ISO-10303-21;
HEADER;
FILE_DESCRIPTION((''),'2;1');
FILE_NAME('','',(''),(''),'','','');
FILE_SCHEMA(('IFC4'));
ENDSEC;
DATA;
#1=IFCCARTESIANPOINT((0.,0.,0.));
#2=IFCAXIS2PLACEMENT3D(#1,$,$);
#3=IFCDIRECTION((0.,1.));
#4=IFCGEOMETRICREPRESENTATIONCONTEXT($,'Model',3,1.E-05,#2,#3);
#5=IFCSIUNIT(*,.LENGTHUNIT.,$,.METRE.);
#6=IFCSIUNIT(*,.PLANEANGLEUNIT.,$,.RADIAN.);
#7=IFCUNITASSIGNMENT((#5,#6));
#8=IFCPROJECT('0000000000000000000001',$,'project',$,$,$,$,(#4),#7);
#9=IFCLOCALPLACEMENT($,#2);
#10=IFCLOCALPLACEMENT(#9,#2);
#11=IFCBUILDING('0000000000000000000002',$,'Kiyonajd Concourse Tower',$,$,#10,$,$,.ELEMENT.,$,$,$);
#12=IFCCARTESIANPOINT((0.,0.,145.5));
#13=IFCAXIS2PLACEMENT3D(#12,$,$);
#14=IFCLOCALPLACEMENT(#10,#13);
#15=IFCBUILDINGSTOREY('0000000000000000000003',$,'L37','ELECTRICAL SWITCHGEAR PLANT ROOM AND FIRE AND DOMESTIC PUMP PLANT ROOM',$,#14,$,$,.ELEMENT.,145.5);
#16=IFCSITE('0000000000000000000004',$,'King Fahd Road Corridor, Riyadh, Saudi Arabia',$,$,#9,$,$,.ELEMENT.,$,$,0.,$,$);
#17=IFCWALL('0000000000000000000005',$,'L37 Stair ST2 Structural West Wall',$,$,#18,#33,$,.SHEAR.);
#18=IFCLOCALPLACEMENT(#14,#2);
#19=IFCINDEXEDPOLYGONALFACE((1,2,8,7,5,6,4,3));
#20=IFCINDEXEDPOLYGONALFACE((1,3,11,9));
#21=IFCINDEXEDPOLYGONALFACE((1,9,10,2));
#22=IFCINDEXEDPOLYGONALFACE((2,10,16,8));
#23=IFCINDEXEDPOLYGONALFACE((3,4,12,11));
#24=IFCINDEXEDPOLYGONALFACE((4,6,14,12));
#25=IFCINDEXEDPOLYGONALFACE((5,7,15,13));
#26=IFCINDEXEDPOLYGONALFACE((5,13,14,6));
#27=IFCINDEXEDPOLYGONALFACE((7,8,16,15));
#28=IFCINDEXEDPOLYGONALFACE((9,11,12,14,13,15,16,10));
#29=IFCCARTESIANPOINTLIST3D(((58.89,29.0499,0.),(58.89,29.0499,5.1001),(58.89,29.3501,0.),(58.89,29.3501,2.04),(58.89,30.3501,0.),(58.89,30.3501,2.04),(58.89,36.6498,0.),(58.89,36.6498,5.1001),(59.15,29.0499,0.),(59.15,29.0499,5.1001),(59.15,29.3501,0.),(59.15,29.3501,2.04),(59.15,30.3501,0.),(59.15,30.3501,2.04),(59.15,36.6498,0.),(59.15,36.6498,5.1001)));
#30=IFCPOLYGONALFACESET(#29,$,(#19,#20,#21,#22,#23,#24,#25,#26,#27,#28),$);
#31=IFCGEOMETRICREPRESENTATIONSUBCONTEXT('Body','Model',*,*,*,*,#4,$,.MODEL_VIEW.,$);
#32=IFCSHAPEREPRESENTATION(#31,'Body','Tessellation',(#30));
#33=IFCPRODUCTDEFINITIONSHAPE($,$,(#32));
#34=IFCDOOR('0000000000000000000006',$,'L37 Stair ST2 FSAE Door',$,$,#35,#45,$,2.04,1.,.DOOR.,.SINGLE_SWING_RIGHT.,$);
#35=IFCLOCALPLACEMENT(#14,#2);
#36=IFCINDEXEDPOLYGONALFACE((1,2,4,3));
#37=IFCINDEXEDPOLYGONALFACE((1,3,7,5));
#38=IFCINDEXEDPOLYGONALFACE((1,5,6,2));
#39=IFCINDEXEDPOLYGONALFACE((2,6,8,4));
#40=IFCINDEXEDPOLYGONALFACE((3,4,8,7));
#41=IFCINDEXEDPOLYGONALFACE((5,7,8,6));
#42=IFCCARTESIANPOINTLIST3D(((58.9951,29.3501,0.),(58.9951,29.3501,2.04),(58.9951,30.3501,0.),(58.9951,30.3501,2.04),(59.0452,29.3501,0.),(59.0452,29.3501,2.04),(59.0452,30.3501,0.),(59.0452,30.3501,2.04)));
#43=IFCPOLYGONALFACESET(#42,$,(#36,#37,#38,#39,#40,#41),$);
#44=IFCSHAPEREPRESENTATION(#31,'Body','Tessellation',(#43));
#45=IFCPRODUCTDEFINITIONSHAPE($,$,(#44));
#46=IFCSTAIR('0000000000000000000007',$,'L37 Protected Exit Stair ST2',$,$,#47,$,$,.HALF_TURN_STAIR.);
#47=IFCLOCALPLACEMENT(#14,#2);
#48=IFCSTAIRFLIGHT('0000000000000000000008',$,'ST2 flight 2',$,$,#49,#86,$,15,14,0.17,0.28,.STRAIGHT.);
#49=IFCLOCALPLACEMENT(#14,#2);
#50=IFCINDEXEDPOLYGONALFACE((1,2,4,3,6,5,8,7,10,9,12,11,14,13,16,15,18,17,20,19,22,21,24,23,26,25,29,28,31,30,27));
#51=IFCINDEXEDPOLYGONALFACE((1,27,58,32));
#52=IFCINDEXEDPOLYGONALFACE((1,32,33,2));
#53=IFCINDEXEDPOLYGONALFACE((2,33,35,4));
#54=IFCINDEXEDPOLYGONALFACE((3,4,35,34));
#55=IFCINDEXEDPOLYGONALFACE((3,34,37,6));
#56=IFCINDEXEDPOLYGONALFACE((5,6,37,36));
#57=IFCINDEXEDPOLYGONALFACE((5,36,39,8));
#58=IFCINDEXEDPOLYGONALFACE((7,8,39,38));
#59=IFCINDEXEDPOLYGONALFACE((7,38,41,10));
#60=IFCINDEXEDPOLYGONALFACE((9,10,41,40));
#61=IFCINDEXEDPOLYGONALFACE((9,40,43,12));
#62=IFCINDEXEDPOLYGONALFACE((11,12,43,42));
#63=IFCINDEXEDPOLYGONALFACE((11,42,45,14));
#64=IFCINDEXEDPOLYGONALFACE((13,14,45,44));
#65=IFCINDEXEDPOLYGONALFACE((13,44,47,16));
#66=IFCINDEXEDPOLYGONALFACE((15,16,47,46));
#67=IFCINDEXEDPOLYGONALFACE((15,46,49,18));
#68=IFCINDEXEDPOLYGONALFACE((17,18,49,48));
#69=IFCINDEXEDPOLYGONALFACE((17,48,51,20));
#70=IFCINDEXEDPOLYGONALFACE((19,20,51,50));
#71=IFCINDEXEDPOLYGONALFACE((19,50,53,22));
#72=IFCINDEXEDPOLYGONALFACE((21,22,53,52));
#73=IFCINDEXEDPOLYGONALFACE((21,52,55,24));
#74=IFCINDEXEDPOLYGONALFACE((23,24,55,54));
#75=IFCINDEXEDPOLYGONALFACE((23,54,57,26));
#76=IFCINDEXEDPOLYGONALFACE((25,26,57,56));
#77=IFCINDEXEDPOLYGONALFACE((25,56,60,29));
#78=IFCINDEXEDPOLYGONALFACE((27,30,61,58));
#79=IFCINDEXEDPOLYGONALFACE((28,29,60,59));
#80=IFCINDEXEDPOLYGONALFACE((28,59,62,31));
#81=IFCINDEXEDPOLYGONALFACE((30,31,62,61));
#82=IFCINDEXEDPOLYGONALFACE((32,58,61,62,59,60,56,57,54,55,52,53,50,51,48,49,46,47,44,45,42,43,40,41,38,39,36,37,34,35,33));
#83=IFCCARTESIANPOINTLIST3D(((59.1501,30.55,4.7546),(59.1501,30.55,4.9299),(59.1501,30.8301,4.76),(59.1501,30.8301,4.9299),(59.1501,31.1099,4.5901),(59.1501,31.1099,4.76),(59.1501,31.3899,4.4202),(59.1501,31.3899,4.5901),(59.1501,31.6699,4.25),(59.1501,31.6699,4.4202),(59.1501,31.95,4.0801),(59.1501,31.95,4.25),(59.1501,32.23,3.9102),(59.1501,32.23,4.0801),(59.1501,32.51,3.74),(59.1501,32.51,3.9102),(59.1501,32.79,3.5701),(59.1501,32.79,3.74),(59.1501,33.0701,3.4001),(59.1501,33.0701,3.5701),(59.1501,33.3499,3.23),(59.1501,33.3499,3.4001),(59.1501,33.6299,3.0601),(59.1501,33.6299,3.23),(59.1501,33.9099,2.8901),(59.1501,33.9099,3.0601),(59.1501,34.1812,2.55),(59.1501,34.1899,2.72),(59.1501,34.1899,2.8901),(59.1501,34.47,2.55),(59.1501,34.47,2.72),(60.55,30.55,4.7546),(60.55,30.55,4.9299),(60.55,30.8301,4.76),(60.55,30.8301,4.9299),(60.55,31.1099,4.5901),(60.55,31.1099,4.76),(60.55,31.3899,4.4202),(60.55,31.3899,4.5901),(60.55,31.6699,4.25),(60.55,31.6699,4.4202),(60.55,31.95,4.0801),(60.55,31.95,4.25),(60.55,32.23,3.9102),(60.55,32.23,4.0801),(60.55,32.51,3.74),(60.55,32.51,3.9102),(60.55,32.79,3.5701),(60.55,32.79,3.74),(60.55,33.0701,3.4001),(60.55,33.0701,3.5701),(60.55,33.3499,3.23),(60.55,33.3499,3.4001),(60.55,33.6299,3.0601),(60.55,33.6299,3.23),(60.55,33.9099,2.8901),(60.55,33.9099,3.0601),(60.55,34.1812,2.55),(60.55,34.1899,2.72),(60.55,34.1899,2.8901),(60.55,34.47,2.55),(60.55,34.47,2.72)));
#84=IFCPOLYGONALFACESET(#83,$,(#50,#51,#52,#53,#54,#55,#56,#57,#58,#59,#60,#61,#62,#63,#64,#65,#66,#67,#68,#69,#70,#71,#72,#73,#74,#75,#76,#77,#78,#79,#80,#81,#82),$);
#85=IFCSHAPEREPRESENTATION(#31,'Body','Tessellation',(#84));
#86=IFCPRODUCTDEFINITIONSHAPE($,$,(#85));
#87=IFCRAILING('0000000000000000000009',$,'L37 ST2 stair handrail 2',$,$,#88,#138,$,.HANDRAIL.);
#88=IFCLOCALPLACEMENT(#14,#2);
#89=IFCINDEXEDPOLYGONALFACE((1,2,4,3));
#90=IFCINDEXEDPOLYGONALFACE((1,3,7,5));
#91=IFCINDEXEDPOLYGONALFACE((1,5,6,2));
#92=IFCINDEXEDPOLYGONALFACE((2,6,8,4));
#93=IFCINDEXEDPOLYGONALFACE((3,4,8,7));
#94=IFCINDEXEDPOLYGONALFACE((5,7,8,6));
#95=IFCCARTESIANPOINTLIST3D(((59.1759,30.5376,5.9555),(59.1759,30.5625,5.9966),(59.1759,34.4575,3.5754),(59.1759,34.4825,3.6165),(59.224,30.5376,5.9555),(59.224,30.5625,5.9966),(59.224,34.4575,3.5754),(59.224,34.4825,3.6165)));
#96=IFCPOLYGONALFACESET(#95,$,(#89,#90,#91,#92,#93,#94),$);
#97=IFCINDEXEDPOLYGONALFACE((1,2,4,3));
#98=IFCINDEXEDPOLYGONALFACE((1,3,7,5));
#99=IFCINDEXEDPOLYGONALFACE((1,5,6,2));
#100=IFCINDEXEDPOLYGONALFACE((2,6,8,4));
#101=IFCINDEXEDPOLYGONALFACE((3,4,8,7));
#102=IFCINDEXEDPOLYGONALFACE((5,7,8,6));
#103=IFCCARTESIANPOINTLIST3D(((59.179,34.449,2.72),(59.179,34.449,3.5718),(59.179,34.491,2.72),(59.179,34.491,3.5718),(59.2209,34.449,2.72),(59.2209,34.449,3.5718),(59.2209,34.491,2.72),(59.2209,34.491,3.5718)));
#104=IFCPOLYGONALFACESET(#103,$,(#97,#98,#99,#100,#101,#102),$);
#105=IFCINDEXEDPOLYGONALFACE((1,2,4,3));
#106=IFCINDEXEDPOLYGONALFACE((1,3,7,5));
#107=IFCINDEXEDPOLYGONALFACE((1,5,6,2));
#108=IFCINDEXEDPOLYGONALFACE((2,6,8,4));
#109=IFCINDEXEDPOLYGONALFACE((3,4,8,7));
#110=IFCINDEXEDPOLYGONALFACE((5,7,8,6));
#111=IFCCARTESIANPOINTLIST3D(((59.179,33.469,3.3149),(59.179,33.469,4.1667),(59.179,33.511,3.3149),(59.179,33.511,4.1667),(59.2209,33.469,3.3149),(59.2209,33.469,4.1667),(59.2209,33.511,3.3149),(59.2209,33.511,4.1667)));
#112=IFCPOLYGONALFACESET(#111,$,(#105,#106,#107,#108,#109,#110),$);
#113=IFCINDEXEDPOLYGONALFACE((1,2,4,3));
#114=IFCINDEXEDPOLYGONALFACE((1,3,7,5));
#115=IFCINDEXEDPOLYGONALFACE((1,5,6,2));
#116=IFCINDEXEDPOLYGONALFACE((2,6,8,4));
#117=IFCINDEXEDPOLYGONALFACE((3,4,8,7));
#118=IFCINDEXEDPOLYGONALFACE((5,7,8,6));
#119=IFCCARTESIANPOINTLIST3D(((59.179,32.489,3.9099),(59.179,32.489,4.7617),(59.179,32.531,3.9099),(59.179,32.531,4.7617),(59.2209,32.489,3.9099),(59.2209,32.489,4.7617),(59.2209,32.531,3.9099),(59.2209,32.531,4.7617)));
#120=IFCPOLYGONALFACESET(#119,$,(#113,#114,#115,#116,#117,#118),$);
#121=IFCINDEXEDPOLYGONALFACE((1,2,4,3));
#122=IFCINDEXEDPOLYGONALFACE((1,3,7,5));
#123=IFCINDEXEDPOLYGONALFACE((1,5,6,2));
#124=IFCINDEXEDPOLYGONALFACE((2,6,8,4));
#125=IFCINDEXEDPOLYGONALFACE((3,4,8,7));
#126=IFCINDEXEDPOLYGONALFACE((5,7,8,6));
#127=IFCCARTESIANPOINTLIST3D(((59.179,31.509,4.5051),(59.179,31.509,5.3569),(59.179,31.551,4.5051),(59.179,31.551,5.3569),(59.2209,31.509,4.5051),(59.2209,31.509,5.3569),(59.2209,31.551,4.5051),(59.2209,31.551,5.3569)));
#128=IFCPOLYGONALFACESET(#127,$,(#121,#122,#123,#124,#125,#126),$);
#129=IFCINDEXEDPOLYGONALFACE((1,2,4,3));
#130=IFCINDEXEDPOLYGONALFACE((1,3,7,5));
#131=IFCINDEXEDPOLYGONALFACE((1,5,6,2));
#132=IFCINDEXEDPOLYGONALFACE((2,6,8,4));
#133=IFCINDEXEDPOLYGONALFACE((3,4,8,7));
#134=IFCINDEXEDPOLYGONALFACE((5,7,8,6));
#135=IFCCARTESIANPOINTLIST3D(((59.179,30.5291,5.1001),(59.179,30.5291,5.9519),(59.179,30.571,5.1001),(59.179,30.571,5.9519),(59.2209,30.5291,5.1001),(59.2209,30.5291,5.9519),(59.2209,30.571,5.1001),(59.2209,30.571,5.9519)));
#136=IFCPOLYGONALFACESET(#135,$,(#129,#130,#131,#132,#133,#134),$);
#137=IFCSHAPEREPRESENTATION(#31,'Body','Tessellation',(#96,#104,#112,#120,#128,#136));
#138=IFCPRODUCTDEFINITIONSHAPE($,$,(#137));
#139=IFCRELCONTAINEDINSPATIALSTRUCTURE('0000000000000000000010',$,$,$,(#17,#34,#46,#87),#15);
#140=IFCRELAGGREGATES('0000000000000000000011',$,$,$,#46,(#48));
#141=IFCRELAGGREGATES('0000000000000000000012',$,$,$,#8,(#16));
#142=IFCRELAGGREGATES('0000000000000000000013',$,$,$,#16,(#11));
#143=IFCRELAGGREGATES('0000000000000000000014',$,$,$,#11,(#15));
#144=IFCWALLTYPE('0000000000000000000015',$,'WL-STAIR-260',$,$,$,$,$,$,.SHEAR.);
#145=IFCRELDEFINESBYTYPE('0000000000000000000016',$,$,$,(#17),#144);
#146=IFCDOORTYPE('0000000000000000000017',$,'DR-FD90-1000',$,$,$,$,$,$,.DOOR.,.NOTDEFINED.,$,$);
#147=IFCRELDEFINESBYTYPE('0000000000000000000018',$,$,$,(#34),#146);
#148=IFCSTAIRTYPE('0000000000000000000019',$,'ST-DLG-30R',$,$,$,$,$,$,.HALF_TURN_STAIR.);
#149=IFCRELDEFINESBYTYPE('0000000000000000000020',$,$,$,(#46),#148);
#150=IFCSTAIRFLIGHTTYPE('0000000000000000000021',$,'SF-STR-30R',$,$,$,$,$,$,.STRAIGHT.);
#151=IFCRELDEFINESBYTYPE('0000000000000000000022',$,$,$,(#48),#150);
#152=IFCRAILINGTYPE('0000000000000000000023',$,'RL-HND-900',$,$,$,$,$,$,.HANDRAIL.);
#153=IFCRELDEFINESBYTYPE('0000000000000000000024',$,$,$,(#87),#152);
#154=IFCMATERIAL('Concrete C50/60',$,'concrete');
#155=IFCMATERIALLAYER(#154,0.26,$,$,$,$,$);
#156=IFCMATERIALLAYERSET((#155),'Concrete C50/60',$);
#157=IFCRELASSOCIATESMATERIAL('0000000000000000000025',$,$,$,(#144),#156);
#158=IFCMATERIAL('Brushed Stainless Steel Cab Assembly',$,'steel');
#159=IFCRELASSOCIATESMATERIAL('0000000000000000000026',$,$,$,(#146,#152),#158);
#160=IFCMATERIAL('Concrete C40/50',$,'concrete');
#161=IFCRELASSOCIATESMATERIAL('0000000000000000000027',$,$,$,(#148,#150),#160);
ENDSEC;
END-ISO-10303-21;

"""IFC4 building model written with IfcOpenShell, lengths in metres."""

from ifc_helpers import new_model, si_unit, direction, frame, frame_2d, origin, origin_2d, place, context, subcontext, project, spatial, polyline, rectangle, outline, extrude, material, layer, layer_set, type_object, element, fill, aggregate, save


model = new_model("IFC4")

# Units and contexts
model_context = context("Model", 3, precision=1e-05, world=origin(), true_north=direction((0.0, 1.0)))
body_context = subcontext(model_context, "Body", "Model", "MODEL_VIEW")
ifc_project = project(units=[si_unit("LENGTHUNIT", "METRE"), si_unit("PLANEANGLEUNIT", "RADIAN")], contexts=[model_context])

# Site, building, storey
site_placement = place(None, origin())
site = spatial("IfcSite", under=ifc_project, at=site_placement, Name="King Fahd Road Corridor, Riyadh, Saudi Arabia", CompositionType="ELEMENT", RefElevation=0.0)
building_placement = place(site_placement, origin())
building = spatial("IfcBuilding", under=site, at=building_placement, Name="Kiyonajd Concourse Tower", CompositionType="ELEMENT")
storey_placement = place(building_placement, frame((0.0, 0.0, 145.5)))
storey = spatial("IfcBuildingStorey", under=building, at=storey_placement, Name="L37", Description="ELECTRICAL SWITCHGEAR PLANT ROOM AND FIRE AND DOMESTIC PUMP PLANT ROOM", CompositionType="ELEMENT", Elevation=145.5)

# Shared definitions
ifc_material_1 = material(Name="Concrete C50/60", Category="concrete")

# Shared definitions
ifc_material_2 = material(Name="Brushed Stainless Steel Cab Assembly", Category="steel")

# Shared definitions
ifc_layer_1 = layer(ifc_material_1, 0.26)
ifc_layer_set_1 = layer_set([ifc_layer_1], Name="Concrete C50/60")
wall_type_1 = type_object("IfcWallType", Name="WL-STAIR-260", PredefinedType="SHEAR", material=ifc_layer_set_1)

# Wall, opening, door
wall_1_placement = place(storey_placement, frame((59.02, 29.05, 0.0), z_axis=(0.0, 0.0, 1.0), x_axis=(0.0, 1.0, 0.0)))
wall_1 = element("IfcWall", 1, at=wall_1_placement, inside=storey, type_object=wall_type_1, Name="L37 Stair ST2 Structural West Wall", PredefinedType="SHEAR", context=body_context, shape_type="SweptSolid", body=[
    extrude(rectangle(XDim=7.5999, YDim=0.26, at=frame_2d((3.7998, 0.0))), origin(), (0.0, 0.0, 1.0), 5.1001),
])
opening_1_placement = place(wall_1_placement, frame((0.3, 0.0, 0.0)))
opening_1 = element("IfcOpeningElement", 2, at=opening_1_placement, cuts=wall_1, PredefinedType="OPENING", context=body_context, shape_type="SweptSolid", body=[
    extrude(rectangle(XDim=1.0, YDim=2.04, at=frame_2d((0.5, 1.02))), frame((0.0, 0.1399, 0.0), z_axis=(0.0, -1.0, 0.0), x_axis=(1.0, 0.0, 0.0)), (0.0, 0.0, 1.0), 0.28),
])
door_type_1 = type_object("IfcDoorType", Name="DR-FD90-1000", OperationType="NOTDEFINED", PredefinedType="DOOR", material=ifc_material_2)
door_1_placement = place(opening_1_placement, origin())
door_1 = element("IfcDoor", 3, at=door_1_placement, inside=storey, type_object=door_type_1, Name="L37 Stair ST2 FSAE Door", OperationType="SINGLE_SWING_RIGHT", OverallHeight=2.04, OverallWidth=1.0, PredefinedType="DOOR", context=body_context, shape_type="SweptSolid", body=[
    extrude(rectangle(XDim=1.0, YDim=2.04, at=frame_2d((0.5, 1.02))), frame((0.0, 0.0249, 0.0), z_axis=(0.0, -1.0, 0.0), x_axis=(1.0, 0.0, 0.0)), (0.0, 0.0, 1.0), 0.05),
])
fill(opening_1, door_1)

# Stair, stair flight
ifc_material_3 = material(Name="Concrete C40/50", Category="concrete")
stair_type = type_object("IfcStairType", Name="ST-DLG-30R", PredefinedType="HALF_TURN_STAIR", material=ifc_material_3)
stair_placement = place(storey_placement, origin())
stair = element("IfcStair", 4, at=stair_placement, inside=storey, type_object=stair_type, Name="L37 Protected Exit Stair ST2", PredefinedType="HALF_TURN_STAIR")
stair_flight_type = type_object("IfcStairFlightType", Name="SF-STR-30R", PredefinedType="STRAIGHT", material=ifc_material_3)
stair_flight_placement = place(storey_placement, frame((59.8501, 34.47, 2.55), z_axis=(0.0, 0.0, 1.0), x_axis=(0.0, -1.0, 0.0)))
stair_flight = element("IfcStairFlight", 5, at=stair_flight_placement, type_object=stair_flight_type, Name="ST2 flight 2", NumberOfRisers=15, NumberOfTreads=14, PredefinedType="STRAIGHT", RiserHeight=0.17, TreadLength=0.28, context=body_context, shape_type="SweptSolid", body=[
    extrude(outline(polyline([(0.0, 0.0), (0.0, 0.1699), (0.28, 0.1699), (0.28, 0.3401), (0.5601, 0.3401), (0.5601, 0.51), (0.8401, 0.51), (0.8401, 0.6799), (1.1201, 0.6799), (1.1201, 0.8501), (1.3999, 0.8501), (1.3999, 1.02), (1.6799, 1.02), (1.6799, 1.1899), (1.96, 1.1899), (1.96, 1.3601), (2.24, 1.3601), (2.24, 1.53), (2.52, 1.53), (2.52, 1.7), (2.8, 1.7), (2.8, 1.8701), (3.0801, 1.8701), (3.0801, 2.04), (3.3601, 2.04), (3.3601, 2.21), (3.6399, 2.21), (3.6399, 2.3799), (3.9199, 2.3799), (3.9199, 2.55), (3.9199, 2.2046), (0.2888, 0.0), (0.0, 0.0)])), frame((0.0, 0.7, 0.0), z_axis=(0.0, -1.0, 0.0), x_axis=(1.0, 0.0, 0.0)), (0.0, 0.0, 1.0), 1.3999),
])
aggregate(stair, [stair_flight])

# Railing
railing_type = type_object("IfcRailingType", Name="RL-HND-900", PredefinedType="HANDRAIL", material=ifc_material_2)
railing_placement = place(storey_placement, frame((59.2, 34.47, 2.72)))
element("IfcRailing", 6, at=railing_placement, inside=storey, type_object=railing_type, Name="L37 ST2 stair handrail 2", PredefinedType="HANDRAIL", context=body_context, shape_type="SweptSolid", body=[
    extrude(rectangle(XDim=0.0481, YDim=0.0481, at=origin_2d()), frame((0.0, 0.0, 0.876), z_axis=(0.0, -0.854771, 0.519006), x_axis=(1.0, 0.0, 0.0)), (0.0, 0.0, 1.0), 4.5859),
    extrude(rectangle(XDim=0.042, YDim=0.042, at=origin_2d()), origin(), (0.0, 0.0, 1.0), 0.8518),
    extrude(rectangle(XDim=0.042, YDim=0.042, at=origin_2d()), frame((0.0, -0.98, 0.595)), (0.0, 0.0, 1.0), 0.8518),
    extrude(rectangle(XDim=0.042, YDim=0.042, at=origin_2d()), frame((0.0, -1.96, 1.1899)), (0.0, 0.0, 1.0), 0.8518),
    extrude(rectangle(XDim=0.042, YDim=0.042, at=origin_2d()), frame((0.0, -2.9399, 1.7852)), (0.0, 0.0, 1.0), 0.8518),
    extrude(rectangle(XDim=0.042, YDim=0.042, at=origin_2d()), frame((0.0, -3.9199, 2.3801)), (0.0, 0.0, 1.0), 0.8518),
])

save(model, "model.ifc")
